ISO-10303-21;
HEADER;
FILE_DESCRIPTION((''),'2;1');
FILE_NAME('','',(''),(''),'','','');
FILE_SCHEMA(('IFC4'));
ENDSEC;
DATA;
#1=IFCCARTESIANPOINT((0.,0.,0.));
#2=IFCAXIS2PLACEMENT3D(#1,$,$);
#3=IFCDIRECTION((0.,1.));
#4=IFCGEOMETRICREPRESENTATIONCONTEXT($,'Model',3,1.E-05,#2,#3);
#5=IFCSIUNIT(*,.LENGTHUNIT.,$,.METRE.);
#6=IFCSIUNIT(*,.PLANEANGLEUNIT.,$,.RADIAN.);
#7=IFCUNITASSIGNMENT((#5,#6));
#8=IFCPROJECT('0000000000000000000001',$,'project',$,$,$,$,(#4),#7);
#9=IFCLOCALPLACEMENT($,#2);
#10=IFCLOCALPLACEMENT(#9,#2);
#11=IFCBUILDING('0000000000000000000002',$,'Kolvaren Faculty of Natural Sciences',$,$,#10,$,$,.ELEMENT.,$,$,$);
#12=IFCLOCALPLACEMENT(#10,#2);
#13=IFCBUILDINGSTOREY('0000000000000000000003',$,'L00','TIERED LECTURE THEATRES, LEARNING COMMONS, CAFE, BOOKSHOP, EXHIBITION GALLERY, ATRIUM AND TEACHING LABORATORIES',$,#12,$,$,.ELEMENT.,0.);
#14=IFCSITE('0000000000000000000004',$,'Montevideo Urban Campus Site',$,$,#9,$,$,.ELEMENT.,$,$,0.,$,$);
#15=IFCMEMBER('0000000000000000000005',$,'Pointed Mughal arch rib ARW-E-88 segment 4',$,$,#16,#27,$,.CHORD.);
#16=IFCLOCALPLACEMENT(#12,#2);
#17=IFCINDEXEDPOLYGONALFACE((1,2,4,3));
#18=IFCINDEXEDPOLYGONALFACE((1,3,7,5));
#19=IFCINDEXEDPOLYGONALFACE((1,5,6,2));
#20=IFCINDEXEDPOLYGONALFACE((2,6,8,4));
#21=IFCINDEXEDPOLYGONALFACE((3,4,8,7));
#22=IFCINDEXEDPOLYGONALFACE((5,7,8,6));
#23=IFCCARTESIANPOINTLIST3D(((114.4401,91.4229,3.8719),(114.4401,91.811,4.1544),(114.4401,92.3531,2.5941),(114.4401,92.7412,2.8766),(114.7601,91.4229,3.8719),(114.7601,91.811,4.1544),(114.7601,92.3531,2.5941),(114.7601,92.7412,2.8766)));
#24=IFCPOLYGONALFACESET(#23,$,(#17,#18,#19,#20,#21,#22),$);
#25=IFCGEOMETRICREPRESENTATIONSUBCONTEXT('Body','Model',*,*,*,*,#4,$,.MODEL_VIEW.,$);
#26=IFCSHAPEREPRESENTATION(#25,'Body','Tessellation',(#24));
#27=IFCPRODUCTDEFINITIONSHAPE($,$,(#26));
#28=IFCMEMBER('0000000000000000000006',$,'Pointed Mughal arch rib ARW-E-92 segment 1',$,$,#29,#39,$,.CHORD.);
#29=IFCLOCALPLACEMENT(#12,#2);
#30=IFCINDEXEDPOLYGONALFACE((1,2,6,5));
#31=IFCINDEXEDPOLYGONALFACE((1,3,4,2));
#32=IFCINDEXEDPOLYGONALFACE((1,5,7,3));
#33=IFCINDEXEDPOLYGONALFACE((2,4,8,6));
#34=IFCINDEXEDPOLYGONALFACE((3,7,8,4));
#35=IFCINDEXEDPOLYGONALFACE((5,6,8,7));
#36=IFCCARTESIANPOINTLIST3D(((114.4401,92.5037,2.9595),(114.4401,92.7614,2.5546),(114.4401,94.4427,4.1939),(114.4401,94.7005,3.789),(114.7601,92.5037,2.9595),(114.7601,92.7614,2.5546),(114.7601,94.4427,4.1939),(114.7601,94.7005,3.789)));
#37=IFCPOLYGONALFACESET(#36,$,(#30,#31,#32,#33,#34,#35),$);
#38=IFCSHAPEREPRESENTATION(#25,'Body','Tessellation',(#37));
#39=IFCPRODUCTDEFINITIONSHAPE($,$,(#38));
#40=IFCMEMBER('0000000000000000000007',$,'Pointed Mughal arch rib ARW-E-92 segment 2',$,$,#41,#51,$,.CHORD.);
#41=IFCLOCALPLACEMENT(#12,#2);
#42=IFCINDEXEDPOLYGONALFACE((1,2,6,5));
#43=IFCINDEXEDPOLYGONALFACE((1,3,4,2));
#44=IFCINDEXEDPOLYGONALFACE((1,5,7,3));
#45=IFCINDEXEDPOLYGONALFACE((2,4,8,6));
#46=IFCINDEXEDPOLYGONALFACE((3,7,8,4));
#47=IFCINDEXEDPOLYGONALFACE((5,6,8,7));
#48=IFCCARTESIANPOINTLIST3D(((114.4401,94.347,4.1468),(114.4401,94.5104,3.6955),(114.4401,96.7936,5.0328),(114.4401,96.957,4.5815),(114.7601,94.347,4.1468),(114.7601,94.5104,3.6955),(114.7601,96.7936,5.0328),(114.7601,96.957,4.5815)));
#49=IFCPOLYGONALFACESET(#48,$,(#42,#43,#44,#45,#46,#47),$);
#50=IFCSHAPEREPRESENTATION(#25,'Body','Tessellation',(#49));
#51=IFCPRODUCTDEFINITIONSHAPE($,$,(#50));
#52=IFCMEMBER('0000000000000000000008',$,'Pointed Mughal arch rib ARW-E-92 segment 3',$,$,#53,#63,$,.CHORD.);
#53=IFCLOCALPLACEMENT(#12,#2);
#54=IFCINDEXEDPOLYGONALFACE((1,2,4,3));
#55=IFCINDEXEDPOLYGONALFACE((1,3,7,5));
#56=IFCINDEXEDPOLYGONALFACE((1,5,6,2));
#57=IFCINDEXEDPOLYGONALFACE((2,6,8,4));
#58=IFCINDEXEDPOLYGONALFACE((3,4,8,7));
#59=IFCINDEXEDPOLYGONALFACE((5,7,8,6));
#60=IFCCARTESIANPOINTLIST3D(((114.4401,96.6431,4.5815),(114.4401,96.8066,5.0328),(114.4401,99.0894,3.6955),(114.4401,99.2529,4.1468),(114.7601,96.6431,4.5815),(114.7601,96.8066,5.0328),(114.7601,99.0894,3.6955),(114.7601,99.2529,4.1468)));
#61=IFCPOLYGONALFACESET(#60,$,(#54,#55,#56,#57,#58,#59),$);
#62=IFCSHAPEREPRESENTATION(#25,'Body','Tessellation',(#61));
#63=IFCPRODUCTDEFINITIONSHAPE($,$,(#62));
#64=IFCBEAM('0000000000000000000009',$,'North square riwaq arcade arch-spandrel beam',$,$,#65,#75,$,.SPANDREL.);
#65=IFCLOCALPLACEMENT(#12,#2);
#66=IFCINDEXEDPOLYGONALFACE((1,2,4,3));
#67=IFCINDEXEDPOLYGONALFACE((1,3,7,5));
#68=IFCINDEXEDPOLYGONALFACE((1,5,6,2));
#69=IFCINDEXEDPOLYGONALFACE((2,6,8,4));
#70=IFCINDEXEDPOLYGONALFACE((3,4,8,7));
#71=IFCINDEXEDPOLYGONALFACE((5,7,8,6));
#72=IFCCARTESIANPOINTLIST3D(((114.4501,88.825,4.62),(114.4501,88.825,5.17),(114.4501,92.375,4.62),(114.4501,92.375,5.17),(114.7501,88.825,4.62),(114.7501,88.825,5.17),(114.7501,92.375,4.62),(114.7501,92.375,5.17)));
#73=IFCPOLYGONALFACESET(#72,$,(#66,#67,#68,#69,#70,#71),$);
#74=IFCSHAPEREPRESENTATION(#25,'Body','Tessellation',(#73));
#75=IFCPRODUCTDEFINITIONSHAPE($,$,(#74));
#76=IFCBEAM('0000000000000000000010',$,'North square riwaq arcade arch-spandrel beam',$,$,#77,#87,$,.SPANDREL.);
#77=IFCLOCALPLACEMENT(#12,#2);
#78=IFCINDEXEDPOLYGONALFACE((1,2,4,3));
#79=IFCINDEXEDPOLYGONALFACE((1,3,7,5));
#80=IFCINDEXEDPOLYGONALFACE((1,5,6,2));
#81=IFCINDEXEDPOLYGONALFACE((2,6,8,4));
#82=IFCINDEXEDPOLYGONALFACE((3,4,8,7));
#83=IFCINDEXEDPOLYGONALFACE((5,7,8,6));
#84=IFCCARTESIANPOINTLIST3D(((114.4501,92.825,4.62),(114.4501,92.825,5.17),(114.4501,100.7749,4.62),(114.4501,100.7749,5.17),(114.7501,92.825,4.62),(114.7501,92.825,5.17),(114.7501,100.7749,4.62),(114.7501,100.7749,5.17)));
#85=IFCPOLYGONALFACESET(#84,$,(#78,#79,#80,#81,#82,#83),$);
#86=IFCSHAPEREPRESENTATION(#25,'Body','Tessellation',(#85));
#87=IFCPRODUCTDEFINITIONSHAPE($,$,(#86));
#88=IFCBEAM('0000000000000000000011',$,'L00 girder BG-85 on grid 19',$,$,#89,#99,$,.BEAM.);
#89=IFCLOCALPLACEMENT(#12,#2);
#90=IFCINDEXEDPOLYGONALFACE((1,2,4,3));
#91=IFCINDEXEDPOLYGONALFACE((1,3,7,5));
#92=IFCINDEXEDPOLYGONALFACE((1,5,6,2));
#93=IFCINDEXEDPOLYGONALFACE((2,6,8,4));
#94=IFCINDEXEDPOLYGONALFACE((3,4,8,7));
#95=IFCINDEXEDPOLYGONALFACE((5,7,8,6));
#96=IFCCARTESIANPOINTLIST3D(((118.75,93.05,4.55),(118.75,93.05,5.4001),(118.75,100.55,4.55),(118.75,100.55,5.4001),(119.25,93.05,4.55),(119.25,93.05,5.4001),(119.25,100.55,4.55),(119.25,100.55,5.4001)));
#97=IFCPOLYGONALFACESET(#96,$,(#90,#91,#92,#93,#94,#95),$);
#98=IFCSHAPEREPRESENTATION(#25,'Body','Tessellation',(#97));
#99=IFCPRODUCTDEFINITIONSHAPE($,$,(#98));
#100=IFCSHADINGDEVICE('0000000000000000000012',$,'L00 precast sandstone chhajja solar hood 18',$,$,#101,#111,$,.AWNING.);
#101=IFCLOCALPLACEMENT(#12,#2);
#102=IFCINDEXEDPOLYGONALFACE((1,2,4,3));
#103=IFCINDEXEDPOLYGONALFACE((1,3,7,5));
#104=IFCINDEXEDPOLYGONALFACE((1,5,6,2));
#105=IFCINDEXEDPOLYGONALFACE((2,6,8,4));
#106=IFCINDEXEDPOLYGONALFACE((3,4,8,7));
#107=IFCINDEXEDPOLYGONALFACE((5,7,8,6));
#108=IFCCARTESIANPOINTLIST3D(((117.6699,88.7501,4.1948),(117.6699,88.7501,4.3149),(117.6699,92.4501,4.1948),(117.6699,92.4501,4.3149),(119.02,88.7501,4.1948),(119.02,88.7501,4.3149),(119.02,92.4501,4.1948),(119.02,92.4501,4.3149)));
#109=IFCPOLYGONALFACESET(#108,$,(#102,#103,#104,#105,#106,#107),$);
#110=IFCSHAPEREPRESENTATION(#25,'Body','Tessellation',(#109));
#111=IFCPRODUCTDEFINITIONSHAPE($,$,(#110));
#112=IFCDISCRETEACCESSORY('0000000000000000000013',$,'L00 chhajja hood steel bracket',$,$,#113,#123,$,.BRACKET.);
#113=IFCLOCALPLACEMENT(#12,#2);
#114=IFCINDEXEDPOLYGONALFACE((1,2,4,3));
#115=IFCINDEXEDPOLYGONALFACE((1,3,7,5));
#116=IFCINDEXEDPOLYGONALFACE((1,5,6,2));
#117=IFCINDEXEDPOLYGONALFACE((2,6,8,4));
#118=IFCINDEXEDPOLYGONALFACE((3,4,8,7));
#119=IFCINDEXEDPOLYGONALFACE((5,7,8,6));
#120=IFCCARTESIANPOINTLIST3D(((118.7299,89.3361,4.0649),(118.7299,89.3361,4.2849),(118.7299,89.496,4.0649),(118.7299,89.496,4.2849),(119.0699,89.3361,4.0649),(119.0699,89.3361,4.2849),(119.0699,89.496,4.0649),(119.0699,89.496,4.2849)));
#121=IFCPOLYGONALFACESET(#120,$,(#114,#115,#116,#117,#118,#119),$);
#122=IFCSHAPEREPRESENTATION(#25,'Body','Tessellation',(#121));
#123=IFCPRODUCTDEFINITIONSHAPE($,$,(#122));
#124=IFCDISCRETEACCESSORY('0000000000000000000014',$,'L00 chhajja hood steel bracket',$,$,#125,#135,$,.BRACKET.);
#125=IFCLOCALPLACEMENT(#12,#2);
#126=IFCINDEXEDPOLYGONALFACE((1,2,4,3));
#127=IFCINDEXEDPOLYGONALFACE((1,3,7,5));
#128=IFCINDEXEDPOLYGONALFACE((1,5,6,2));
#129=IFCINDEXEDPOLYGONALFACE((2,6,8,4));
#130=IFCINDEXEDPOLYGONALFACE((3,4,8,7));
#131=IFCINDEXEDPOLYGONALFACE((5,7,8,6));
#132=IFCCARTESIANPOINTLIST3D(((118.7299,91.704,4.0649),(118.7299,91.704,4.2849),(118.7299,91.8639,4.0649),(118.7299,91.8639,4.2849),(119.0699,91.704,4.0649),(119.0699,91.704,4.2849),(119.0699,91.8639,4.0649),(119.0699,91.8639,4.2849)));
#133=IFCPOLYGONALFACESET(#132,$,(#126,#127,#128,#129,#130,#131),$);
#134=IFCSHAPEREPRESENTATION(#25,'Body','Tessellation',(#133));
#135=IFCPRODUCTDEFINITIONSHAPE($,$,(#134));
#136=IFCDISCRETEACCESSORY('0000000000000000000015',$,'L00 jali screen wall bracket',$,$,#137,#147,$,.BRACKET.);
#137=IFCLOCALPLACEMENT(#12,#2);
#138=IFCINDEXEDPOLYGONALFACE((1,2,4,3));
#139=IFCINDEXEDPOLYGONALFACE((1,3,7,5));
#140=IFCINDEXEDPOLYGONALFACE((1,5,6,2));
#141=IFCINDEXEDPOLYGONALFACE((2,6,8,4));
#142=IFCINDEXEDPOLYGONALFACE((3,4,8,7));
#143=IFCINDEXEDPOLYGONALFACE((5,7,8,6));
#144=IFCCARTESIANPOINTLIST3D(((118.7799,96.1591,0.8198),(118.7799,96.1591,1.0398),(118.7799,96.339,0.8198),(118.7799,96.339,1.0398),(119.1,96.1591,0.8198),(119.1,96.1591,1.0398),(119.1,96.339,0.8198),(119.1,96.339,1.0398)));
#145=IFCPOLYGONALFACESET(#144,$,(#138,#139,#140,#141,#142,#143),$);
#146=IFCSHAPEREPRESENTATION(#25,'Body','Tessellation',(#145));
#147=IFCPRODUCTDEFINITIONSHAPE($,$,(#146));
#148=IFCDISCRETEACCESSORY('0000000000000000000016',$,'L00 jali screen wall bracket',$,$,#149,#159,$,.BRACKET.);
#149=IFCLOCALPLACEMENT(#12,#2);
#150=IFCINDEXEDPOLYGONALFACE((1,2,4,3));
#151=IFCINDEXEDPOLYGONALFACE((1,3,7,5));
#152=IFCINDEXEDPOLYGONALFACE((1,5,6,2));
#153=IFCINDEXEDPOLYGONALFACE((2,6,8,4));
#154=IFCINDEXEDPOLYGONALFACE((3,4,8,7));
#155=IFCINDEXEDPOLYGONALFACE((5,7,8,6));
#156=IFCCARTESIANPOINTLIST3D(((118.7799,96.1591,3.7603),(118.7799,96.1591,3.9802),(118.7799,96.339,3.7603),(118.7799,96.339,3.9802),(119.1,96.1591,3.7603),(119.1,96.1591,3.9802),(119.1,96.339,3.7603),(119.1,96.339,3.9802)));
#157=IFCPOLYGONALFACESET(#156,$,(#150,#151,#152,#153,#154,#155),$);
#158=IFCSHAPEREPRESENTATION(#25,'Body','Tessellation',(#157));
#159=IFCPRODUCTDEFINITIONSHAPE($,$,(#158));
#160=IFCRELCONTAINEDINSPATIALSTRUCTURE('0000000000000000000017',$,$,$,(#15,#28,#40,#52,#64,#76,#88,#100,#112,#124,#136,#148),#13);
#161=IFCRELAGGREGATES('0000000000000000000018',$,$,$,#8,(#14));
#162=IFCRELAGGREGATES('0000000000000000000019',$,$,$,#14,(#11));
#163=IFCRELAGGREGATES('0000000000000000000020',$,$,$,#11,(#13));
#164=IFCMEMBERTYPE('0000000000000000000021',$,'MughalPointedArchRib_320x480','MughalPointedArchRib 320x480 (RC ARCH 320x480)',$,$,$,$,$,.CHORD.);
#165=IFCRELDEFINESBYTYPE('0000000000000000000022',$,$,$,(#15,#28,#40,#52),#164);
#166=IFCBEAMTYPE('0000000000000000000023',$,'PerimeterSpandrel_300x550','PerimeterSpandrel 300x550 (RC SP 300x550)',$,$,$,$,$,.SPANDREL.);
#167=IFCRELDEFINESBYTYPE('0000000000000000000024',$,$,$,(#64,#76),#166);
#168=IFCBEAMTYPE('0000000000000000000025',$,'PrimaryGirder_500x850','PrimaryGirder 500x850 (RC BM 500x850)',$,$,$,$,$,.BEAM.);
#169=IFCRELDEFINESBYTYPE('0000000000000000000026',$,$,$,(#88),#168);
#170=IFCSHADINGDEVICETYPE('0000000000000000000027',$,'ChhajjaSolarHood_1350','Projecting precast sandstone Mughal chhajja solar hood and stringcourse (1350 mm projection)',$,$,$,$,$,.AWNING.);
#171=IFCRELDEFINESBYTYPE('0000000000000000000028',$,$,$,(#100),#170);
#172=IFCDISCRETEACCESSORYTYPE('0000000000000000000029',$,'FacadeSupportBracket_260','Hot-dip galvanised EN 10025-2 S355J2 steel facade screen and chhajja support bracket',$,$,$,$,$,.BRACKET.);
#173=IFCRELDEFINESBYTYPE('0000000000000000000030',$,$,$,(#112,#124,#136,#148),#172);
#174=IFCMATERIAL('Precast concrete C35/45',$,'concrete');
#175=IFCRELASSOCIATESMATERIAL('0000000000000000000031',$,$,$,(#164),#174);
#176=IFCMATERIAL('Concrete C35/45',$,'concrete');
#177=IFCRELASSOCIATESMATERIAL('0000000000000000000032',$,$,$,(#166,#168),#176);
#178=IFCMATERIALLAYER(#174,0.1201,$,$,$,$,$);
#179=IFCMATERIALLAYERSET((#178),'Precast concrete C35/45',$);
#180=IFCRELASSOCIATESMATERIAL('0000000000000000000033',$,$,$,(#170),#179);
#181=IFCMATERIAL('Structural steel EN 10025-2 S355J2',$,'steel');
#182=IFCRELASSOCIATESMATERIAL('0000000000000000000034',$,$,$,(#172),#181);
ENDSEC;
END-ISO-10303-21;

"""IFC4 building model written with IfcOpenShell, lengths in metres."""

from ifc_helpers import new_model, si_unit, direction, frame, origin, origin_2d, place, context, subcontext, project, spatial, rectangle, extrude, material, layer, layer_set, material_profile, profile_set, type_object, element, save


model = new_model("IFC4")

# Units and contexts
model_context = context("Model", 3, precision=1e-05, world=origin(), true_north=direction((0.0, 1.0)))
body_context = subcontext(model_context, "Body", "Model", "MODEL_VIEW")
ifc_project = project(units=[si_unit("LENGTHUNIT", "METRE"), si_unit("PLANEANGLEUNIT", "RADIAN")], contexts=[model_context])

# Site, building, storey
site_placement = place(None, origin())
site = spatial("IfcSite", under=ifc_project, at=site_placement, Name="Montevideo Urban Campus Site", CompositionType="ELEMENT", RefElevation=0.0)
building_placement = place(site_placement, origin())
building = spatial("IfcBuilding", under=site, at=building_placement, Name="Kolvaren Faculty of Natural Sciences", CompositionType="ELEMENT")
storey_placement = place(building_placement, origin())
storey = spatial("IfcBuildingStorey", under=building, at=storey_placement, Name="L00", Description="TIERED LECTURE THEATRES, LEARNING COMMONS, CAFE, BOOKSHOP, EXHIBITION GALLERY, ATRIUM AND TEACHING LABORATORIES", CompositionType="ELEMENT", Elevation=0.0)

# Shared definitions
ifc_material_1 = material(Name="Concrete C35/45", Category="concrete")

# Members
ifc_material_2 = material(Name="Precast concrete C35/45", Category="concrete")
ifc_material_profile_1 = material_profile(ifc_material_2, rectangle(XDim=0.3201, YDim=0.48, at=origin_2d()), Name="RC ARCH 320x480")
ifc_profile_set_1 = profile_set([ifc_material_profile_1], Name="Precast concrete C35/45")
member_type = type_object("IfcMemberType", Name="MughalPointedArchRib_320x480", Description="MughalPointedArchRib 320x480 (RC ARCH 320x480)", PredefinedType="CHORD", material=ifc_profile_set_1)
member_1_placement = place(storey_placement, frame((114.6001, 91.6169, 4.0132), z_axis=(0.0, 0.588521, -0.808482), x_axis=(-1.0, 0.0, 0.0)))
element("IfcMember", 1, at=member_1_placement, inside=storey, type_object=member_type, Name="Pointed Mughal arch rib ARW-E-88 segment 4", PredefinedType="CHORD", context=body_context, shape_type="SweptSolid", body=[
    extrude(rectangle(XDim=0.3201, YDim=0.48, at=origin_2d()), origin(), (0.0, 0.0, 1.0), 1.5806),
])
member_2_placement = place(storey_placement, frame((114.6001, 92.6326, 2.7571), z_axis=(0.0, 0.843565, 0.537027), x_axis=(-1.0, 0.0, 0.0)))
element("IfcMember", 2, at=member_2_placement, inside=storey, type_object=member_type, Name="Pointed Mughal arch rib ARW-E-92 segment 1", PredefinedType="CHORD", context=body_context, shape_type="SweptSolid", body=[
    extrude(rectangle(XDim=0.3201, YDim=0.48, at=origin_2d()), origin(), (0.0, 0.0, 1.0), 2.2986),
])
member_3_placement = place(storey_placement, frame((114.6001, 94.4287, 3.9211), z_axis=(0.0, 0.940245, 0.3405), x_axis=(-1.0, 0.0, 0.0)))
element("IfcMember", 3, at=member_3_placement, inside=storey, type_object=member_type, Name="Pointed Mughal arch rib ARW-E-92 segment 2", PredefinedType="CHORD", context=body_context, shape_type="SweptSolid", body=[
    extrude(rectangle(XDim=0.3201, YDim=0.48, at=origin_2d()), origin(), (0.0, 0.0, 1.0), 2.6021),
])
member_4_placement = place(storey_placement, frame((114.6001, 96.7249, 4.8071), z_axis=(0.0, 0.940234, -0.34053), x_axis=(-1.0, 0.0, 0.0)))
element("IfcMember", 4, at=member_4_placement, inside=storey, type_object=member_type, Name="Pointed Mughal arch rib ARW-E-92 segment 3", PredefinedType="CHORD", context=body_context, shape_type="SweptSolid", body=[
    extrude(rectangle(XDim=0.3201, YDim=0.48, at=origin_2d()), origin(), (0.0, 0.0, 1.0), 2.6018),
])

# Beams
ifc_material_profile_2 = material_profile(ifc_material_1, rectangle(XDim=0.3, YDim=0.55, at=origin_2d()), Name="RC SP 300x550")
ifc_profile_set_2 = profile_set([ifc_material_profile_2], Name="Concrete C35/45")
beam_type_1 = type_object("IfcBeamType", Name="PerimeterSpandrel_300x550", Description="PerimeterSpandrel 300x550 (RC SP 300x550)", PredefinedType="SPANDREL", material=ifc_profile_set_2)
beam_1_placement = place(storey_placement, frame((114.6001, 88.825, 4.895), z_axis=(0.0, 1.0, 0.0), x_axis=(-1.0, 0.0, 0.0)))
element("IfcBeam", 5, at=beam_1_placement, inside=storey, type_object=beam_type_1, Name="North square riwaq arcade arch-spandrel beam", PredefinedType="SPANDREL", context=body_context, shape_type="SweptSolid", body=[
    extrude(rectangle(XDim=0.3, YDim=0.55, at=origin_2d()), origin(), (0.0, 0.0, 1.0), 3.55),
])
beam_2_placement = place(storey_placement, frame((114.6001, 92.825, 4.895), z_axis=(0.0, 1.0, 0.0), x_axis=(-1.0, 0.0, 0.0)))
element("IfcBeam", 6, at=beam_2_placement, inside=storey, type_object=beam_type_1, Name="North square riwaq arcade arch-spandrel beam", PredefinedType="SPANDREL", context=body_context, shape_type="SweptSolid", body=[
    extrude(rectangle(XDim=0.3, YDim=0.55, at=origin_2d()), origin(), (0.0, 0.0, 1.0), 7.95),
])
ifc_material_profile_3 = material_profile(ifc_material_1, rectangle(XDim=0.5, YDim=0.8501, at=origin_2d()), Name="RC BM 500x850")
ifc_profile_set_3 = profile_set([ifc_material_profile_3], Name="Concrete C35/45")
beam_type_2 = type_object("IfcBeamType", Name="PrimaryGirder_500x850", Description="PrimaryGirder 500x850 (RC BM 500x850)", PredefinedType="BEAM", material=ifc_profile_set_3)
beam_3_placement = place(storey_placement, frame((119.0, 93.05, 4.9751), z_axis=(0.0, 1.0, 0.0), x_axis=(-1.0, 0.0, 0.0)))
element("IfcBeam", 7, at=beam_3_placement, inside=storey, type_object=beam_type_2, Name="L00 girder BG-85 on grid 19", PredefinedType="BEAM", context=body_context, shape_type="SweptSolid", body=[
    extrude(rectangle(XDim=0.5, YDim=0.8501, at=origin_2d()), origin(), (0.0, 0.0, 1.0), 7.5),
])

# Shading device
ifc_layer = layer(ifc_material_2, 0.1201)
ifc_layer_set = layer_set([ifc_layer], Name="Precast concrete C35/45")
shading_device_type = type_object("IfcShadingDeviceType", Name="ChhajjaSolarHood_1350", Description="Projecting precast sandstone Mughal chhajja solar hood and stringcourse (1350 mm projection)", PredefinedType="AWNING", material=ifc_layer_set)
shading_device_placement = place(storey_placement, frame((118.345, 90.6001, 4.1948), z_axis=(0.0, 0.0, 1.0), x_axis=(0.0, 1.0, 0.0)))
element("IfcShadingDevice", 8, at=shading_device_placement, inside=storey, type_object=shading_device_type, Name="L00 precast sandstone chhajja solar hood 18", PredefinedType="AWNING", context=body_context, shape_type="SweptSolid", body=[
    extrude(rectangle(XDim=3.7, YDim=1.3501, at=origin_2d()), origin(), (0.0, 0.0, 1.0), 0.1201),
])

# Discrete accessories
ifc_material_3 = material(Name="Structural steel EN 10025-2 S355J2", Category="steel")
discrete_accessory_type = type_object("IfcDiscreteAccessoryType", Name="FacadeSupportBracket_260", Description="Hot-dip galvanised EN 10025-2 S355J2 steel facade screen and chhajja support bracket", PredefinedType="BRACKET", material=ifc_material_3)
for number, where, z_axis, x_axis, name in (
    (9, (118.8999, 89.416, 4.0649), (0.0, 0.0, 1.0), (0.0, 1.0, 0.0), "L00 chhajja hood steel bracket"),
    (10, (118.8999, 91.7839, 4.0649), (0.0, 0.0, 1.0), (0.0, 1.0, 0.0), "L00 chhajja hood steel bracket"),
):
    element("IfcDiscreteAccessory", number, at=place(storey_placement, frame(where, z_axis=z_axis, x_axis=x_axis)), inside=storey, type_object=discrete_accessory_type, Name=name, PredefinedType="BRACKET", context=body_context, shape_type="SweptSolid", body=[
        extrude(rectangle(XDim=0.1599, YDim=0.3401, at=origin_2d()), origin(), (0.0, 0.0, 1.0), 0.22),
    ])
for number, where, z_axis, x_axis, name in (
    (11, (118.9399, 96.249, 0.8198), (0.0, 0.0, 1.0), (0.0, 1.0, 0.0), "L00 jali screen wall bracket"),
    (12, (118.9399, 96.249, 3.7603), (0.0, 0.0, 1.0), (0.0, 1.0, 0.0), "L00 jali screen wall bracket"),
):
    element("IfcDiscreteAccessory", number, at=place(storey_placement, frame(where, z_axis=z_axis, x_axis=x_axis)), inside=storey, type_object=discrete_accessory_type, Name=name, PredefinedType="BRACKET", context=body_context, shape_type="SweptSolid", body=[
        extrude(rectangle(XDim=0.1799, YDim=0.3201, at=origin_2d()), origin(), (0.0, 0.0, 1.0), 0.22),
    ])

save(model, "model.ifc")
